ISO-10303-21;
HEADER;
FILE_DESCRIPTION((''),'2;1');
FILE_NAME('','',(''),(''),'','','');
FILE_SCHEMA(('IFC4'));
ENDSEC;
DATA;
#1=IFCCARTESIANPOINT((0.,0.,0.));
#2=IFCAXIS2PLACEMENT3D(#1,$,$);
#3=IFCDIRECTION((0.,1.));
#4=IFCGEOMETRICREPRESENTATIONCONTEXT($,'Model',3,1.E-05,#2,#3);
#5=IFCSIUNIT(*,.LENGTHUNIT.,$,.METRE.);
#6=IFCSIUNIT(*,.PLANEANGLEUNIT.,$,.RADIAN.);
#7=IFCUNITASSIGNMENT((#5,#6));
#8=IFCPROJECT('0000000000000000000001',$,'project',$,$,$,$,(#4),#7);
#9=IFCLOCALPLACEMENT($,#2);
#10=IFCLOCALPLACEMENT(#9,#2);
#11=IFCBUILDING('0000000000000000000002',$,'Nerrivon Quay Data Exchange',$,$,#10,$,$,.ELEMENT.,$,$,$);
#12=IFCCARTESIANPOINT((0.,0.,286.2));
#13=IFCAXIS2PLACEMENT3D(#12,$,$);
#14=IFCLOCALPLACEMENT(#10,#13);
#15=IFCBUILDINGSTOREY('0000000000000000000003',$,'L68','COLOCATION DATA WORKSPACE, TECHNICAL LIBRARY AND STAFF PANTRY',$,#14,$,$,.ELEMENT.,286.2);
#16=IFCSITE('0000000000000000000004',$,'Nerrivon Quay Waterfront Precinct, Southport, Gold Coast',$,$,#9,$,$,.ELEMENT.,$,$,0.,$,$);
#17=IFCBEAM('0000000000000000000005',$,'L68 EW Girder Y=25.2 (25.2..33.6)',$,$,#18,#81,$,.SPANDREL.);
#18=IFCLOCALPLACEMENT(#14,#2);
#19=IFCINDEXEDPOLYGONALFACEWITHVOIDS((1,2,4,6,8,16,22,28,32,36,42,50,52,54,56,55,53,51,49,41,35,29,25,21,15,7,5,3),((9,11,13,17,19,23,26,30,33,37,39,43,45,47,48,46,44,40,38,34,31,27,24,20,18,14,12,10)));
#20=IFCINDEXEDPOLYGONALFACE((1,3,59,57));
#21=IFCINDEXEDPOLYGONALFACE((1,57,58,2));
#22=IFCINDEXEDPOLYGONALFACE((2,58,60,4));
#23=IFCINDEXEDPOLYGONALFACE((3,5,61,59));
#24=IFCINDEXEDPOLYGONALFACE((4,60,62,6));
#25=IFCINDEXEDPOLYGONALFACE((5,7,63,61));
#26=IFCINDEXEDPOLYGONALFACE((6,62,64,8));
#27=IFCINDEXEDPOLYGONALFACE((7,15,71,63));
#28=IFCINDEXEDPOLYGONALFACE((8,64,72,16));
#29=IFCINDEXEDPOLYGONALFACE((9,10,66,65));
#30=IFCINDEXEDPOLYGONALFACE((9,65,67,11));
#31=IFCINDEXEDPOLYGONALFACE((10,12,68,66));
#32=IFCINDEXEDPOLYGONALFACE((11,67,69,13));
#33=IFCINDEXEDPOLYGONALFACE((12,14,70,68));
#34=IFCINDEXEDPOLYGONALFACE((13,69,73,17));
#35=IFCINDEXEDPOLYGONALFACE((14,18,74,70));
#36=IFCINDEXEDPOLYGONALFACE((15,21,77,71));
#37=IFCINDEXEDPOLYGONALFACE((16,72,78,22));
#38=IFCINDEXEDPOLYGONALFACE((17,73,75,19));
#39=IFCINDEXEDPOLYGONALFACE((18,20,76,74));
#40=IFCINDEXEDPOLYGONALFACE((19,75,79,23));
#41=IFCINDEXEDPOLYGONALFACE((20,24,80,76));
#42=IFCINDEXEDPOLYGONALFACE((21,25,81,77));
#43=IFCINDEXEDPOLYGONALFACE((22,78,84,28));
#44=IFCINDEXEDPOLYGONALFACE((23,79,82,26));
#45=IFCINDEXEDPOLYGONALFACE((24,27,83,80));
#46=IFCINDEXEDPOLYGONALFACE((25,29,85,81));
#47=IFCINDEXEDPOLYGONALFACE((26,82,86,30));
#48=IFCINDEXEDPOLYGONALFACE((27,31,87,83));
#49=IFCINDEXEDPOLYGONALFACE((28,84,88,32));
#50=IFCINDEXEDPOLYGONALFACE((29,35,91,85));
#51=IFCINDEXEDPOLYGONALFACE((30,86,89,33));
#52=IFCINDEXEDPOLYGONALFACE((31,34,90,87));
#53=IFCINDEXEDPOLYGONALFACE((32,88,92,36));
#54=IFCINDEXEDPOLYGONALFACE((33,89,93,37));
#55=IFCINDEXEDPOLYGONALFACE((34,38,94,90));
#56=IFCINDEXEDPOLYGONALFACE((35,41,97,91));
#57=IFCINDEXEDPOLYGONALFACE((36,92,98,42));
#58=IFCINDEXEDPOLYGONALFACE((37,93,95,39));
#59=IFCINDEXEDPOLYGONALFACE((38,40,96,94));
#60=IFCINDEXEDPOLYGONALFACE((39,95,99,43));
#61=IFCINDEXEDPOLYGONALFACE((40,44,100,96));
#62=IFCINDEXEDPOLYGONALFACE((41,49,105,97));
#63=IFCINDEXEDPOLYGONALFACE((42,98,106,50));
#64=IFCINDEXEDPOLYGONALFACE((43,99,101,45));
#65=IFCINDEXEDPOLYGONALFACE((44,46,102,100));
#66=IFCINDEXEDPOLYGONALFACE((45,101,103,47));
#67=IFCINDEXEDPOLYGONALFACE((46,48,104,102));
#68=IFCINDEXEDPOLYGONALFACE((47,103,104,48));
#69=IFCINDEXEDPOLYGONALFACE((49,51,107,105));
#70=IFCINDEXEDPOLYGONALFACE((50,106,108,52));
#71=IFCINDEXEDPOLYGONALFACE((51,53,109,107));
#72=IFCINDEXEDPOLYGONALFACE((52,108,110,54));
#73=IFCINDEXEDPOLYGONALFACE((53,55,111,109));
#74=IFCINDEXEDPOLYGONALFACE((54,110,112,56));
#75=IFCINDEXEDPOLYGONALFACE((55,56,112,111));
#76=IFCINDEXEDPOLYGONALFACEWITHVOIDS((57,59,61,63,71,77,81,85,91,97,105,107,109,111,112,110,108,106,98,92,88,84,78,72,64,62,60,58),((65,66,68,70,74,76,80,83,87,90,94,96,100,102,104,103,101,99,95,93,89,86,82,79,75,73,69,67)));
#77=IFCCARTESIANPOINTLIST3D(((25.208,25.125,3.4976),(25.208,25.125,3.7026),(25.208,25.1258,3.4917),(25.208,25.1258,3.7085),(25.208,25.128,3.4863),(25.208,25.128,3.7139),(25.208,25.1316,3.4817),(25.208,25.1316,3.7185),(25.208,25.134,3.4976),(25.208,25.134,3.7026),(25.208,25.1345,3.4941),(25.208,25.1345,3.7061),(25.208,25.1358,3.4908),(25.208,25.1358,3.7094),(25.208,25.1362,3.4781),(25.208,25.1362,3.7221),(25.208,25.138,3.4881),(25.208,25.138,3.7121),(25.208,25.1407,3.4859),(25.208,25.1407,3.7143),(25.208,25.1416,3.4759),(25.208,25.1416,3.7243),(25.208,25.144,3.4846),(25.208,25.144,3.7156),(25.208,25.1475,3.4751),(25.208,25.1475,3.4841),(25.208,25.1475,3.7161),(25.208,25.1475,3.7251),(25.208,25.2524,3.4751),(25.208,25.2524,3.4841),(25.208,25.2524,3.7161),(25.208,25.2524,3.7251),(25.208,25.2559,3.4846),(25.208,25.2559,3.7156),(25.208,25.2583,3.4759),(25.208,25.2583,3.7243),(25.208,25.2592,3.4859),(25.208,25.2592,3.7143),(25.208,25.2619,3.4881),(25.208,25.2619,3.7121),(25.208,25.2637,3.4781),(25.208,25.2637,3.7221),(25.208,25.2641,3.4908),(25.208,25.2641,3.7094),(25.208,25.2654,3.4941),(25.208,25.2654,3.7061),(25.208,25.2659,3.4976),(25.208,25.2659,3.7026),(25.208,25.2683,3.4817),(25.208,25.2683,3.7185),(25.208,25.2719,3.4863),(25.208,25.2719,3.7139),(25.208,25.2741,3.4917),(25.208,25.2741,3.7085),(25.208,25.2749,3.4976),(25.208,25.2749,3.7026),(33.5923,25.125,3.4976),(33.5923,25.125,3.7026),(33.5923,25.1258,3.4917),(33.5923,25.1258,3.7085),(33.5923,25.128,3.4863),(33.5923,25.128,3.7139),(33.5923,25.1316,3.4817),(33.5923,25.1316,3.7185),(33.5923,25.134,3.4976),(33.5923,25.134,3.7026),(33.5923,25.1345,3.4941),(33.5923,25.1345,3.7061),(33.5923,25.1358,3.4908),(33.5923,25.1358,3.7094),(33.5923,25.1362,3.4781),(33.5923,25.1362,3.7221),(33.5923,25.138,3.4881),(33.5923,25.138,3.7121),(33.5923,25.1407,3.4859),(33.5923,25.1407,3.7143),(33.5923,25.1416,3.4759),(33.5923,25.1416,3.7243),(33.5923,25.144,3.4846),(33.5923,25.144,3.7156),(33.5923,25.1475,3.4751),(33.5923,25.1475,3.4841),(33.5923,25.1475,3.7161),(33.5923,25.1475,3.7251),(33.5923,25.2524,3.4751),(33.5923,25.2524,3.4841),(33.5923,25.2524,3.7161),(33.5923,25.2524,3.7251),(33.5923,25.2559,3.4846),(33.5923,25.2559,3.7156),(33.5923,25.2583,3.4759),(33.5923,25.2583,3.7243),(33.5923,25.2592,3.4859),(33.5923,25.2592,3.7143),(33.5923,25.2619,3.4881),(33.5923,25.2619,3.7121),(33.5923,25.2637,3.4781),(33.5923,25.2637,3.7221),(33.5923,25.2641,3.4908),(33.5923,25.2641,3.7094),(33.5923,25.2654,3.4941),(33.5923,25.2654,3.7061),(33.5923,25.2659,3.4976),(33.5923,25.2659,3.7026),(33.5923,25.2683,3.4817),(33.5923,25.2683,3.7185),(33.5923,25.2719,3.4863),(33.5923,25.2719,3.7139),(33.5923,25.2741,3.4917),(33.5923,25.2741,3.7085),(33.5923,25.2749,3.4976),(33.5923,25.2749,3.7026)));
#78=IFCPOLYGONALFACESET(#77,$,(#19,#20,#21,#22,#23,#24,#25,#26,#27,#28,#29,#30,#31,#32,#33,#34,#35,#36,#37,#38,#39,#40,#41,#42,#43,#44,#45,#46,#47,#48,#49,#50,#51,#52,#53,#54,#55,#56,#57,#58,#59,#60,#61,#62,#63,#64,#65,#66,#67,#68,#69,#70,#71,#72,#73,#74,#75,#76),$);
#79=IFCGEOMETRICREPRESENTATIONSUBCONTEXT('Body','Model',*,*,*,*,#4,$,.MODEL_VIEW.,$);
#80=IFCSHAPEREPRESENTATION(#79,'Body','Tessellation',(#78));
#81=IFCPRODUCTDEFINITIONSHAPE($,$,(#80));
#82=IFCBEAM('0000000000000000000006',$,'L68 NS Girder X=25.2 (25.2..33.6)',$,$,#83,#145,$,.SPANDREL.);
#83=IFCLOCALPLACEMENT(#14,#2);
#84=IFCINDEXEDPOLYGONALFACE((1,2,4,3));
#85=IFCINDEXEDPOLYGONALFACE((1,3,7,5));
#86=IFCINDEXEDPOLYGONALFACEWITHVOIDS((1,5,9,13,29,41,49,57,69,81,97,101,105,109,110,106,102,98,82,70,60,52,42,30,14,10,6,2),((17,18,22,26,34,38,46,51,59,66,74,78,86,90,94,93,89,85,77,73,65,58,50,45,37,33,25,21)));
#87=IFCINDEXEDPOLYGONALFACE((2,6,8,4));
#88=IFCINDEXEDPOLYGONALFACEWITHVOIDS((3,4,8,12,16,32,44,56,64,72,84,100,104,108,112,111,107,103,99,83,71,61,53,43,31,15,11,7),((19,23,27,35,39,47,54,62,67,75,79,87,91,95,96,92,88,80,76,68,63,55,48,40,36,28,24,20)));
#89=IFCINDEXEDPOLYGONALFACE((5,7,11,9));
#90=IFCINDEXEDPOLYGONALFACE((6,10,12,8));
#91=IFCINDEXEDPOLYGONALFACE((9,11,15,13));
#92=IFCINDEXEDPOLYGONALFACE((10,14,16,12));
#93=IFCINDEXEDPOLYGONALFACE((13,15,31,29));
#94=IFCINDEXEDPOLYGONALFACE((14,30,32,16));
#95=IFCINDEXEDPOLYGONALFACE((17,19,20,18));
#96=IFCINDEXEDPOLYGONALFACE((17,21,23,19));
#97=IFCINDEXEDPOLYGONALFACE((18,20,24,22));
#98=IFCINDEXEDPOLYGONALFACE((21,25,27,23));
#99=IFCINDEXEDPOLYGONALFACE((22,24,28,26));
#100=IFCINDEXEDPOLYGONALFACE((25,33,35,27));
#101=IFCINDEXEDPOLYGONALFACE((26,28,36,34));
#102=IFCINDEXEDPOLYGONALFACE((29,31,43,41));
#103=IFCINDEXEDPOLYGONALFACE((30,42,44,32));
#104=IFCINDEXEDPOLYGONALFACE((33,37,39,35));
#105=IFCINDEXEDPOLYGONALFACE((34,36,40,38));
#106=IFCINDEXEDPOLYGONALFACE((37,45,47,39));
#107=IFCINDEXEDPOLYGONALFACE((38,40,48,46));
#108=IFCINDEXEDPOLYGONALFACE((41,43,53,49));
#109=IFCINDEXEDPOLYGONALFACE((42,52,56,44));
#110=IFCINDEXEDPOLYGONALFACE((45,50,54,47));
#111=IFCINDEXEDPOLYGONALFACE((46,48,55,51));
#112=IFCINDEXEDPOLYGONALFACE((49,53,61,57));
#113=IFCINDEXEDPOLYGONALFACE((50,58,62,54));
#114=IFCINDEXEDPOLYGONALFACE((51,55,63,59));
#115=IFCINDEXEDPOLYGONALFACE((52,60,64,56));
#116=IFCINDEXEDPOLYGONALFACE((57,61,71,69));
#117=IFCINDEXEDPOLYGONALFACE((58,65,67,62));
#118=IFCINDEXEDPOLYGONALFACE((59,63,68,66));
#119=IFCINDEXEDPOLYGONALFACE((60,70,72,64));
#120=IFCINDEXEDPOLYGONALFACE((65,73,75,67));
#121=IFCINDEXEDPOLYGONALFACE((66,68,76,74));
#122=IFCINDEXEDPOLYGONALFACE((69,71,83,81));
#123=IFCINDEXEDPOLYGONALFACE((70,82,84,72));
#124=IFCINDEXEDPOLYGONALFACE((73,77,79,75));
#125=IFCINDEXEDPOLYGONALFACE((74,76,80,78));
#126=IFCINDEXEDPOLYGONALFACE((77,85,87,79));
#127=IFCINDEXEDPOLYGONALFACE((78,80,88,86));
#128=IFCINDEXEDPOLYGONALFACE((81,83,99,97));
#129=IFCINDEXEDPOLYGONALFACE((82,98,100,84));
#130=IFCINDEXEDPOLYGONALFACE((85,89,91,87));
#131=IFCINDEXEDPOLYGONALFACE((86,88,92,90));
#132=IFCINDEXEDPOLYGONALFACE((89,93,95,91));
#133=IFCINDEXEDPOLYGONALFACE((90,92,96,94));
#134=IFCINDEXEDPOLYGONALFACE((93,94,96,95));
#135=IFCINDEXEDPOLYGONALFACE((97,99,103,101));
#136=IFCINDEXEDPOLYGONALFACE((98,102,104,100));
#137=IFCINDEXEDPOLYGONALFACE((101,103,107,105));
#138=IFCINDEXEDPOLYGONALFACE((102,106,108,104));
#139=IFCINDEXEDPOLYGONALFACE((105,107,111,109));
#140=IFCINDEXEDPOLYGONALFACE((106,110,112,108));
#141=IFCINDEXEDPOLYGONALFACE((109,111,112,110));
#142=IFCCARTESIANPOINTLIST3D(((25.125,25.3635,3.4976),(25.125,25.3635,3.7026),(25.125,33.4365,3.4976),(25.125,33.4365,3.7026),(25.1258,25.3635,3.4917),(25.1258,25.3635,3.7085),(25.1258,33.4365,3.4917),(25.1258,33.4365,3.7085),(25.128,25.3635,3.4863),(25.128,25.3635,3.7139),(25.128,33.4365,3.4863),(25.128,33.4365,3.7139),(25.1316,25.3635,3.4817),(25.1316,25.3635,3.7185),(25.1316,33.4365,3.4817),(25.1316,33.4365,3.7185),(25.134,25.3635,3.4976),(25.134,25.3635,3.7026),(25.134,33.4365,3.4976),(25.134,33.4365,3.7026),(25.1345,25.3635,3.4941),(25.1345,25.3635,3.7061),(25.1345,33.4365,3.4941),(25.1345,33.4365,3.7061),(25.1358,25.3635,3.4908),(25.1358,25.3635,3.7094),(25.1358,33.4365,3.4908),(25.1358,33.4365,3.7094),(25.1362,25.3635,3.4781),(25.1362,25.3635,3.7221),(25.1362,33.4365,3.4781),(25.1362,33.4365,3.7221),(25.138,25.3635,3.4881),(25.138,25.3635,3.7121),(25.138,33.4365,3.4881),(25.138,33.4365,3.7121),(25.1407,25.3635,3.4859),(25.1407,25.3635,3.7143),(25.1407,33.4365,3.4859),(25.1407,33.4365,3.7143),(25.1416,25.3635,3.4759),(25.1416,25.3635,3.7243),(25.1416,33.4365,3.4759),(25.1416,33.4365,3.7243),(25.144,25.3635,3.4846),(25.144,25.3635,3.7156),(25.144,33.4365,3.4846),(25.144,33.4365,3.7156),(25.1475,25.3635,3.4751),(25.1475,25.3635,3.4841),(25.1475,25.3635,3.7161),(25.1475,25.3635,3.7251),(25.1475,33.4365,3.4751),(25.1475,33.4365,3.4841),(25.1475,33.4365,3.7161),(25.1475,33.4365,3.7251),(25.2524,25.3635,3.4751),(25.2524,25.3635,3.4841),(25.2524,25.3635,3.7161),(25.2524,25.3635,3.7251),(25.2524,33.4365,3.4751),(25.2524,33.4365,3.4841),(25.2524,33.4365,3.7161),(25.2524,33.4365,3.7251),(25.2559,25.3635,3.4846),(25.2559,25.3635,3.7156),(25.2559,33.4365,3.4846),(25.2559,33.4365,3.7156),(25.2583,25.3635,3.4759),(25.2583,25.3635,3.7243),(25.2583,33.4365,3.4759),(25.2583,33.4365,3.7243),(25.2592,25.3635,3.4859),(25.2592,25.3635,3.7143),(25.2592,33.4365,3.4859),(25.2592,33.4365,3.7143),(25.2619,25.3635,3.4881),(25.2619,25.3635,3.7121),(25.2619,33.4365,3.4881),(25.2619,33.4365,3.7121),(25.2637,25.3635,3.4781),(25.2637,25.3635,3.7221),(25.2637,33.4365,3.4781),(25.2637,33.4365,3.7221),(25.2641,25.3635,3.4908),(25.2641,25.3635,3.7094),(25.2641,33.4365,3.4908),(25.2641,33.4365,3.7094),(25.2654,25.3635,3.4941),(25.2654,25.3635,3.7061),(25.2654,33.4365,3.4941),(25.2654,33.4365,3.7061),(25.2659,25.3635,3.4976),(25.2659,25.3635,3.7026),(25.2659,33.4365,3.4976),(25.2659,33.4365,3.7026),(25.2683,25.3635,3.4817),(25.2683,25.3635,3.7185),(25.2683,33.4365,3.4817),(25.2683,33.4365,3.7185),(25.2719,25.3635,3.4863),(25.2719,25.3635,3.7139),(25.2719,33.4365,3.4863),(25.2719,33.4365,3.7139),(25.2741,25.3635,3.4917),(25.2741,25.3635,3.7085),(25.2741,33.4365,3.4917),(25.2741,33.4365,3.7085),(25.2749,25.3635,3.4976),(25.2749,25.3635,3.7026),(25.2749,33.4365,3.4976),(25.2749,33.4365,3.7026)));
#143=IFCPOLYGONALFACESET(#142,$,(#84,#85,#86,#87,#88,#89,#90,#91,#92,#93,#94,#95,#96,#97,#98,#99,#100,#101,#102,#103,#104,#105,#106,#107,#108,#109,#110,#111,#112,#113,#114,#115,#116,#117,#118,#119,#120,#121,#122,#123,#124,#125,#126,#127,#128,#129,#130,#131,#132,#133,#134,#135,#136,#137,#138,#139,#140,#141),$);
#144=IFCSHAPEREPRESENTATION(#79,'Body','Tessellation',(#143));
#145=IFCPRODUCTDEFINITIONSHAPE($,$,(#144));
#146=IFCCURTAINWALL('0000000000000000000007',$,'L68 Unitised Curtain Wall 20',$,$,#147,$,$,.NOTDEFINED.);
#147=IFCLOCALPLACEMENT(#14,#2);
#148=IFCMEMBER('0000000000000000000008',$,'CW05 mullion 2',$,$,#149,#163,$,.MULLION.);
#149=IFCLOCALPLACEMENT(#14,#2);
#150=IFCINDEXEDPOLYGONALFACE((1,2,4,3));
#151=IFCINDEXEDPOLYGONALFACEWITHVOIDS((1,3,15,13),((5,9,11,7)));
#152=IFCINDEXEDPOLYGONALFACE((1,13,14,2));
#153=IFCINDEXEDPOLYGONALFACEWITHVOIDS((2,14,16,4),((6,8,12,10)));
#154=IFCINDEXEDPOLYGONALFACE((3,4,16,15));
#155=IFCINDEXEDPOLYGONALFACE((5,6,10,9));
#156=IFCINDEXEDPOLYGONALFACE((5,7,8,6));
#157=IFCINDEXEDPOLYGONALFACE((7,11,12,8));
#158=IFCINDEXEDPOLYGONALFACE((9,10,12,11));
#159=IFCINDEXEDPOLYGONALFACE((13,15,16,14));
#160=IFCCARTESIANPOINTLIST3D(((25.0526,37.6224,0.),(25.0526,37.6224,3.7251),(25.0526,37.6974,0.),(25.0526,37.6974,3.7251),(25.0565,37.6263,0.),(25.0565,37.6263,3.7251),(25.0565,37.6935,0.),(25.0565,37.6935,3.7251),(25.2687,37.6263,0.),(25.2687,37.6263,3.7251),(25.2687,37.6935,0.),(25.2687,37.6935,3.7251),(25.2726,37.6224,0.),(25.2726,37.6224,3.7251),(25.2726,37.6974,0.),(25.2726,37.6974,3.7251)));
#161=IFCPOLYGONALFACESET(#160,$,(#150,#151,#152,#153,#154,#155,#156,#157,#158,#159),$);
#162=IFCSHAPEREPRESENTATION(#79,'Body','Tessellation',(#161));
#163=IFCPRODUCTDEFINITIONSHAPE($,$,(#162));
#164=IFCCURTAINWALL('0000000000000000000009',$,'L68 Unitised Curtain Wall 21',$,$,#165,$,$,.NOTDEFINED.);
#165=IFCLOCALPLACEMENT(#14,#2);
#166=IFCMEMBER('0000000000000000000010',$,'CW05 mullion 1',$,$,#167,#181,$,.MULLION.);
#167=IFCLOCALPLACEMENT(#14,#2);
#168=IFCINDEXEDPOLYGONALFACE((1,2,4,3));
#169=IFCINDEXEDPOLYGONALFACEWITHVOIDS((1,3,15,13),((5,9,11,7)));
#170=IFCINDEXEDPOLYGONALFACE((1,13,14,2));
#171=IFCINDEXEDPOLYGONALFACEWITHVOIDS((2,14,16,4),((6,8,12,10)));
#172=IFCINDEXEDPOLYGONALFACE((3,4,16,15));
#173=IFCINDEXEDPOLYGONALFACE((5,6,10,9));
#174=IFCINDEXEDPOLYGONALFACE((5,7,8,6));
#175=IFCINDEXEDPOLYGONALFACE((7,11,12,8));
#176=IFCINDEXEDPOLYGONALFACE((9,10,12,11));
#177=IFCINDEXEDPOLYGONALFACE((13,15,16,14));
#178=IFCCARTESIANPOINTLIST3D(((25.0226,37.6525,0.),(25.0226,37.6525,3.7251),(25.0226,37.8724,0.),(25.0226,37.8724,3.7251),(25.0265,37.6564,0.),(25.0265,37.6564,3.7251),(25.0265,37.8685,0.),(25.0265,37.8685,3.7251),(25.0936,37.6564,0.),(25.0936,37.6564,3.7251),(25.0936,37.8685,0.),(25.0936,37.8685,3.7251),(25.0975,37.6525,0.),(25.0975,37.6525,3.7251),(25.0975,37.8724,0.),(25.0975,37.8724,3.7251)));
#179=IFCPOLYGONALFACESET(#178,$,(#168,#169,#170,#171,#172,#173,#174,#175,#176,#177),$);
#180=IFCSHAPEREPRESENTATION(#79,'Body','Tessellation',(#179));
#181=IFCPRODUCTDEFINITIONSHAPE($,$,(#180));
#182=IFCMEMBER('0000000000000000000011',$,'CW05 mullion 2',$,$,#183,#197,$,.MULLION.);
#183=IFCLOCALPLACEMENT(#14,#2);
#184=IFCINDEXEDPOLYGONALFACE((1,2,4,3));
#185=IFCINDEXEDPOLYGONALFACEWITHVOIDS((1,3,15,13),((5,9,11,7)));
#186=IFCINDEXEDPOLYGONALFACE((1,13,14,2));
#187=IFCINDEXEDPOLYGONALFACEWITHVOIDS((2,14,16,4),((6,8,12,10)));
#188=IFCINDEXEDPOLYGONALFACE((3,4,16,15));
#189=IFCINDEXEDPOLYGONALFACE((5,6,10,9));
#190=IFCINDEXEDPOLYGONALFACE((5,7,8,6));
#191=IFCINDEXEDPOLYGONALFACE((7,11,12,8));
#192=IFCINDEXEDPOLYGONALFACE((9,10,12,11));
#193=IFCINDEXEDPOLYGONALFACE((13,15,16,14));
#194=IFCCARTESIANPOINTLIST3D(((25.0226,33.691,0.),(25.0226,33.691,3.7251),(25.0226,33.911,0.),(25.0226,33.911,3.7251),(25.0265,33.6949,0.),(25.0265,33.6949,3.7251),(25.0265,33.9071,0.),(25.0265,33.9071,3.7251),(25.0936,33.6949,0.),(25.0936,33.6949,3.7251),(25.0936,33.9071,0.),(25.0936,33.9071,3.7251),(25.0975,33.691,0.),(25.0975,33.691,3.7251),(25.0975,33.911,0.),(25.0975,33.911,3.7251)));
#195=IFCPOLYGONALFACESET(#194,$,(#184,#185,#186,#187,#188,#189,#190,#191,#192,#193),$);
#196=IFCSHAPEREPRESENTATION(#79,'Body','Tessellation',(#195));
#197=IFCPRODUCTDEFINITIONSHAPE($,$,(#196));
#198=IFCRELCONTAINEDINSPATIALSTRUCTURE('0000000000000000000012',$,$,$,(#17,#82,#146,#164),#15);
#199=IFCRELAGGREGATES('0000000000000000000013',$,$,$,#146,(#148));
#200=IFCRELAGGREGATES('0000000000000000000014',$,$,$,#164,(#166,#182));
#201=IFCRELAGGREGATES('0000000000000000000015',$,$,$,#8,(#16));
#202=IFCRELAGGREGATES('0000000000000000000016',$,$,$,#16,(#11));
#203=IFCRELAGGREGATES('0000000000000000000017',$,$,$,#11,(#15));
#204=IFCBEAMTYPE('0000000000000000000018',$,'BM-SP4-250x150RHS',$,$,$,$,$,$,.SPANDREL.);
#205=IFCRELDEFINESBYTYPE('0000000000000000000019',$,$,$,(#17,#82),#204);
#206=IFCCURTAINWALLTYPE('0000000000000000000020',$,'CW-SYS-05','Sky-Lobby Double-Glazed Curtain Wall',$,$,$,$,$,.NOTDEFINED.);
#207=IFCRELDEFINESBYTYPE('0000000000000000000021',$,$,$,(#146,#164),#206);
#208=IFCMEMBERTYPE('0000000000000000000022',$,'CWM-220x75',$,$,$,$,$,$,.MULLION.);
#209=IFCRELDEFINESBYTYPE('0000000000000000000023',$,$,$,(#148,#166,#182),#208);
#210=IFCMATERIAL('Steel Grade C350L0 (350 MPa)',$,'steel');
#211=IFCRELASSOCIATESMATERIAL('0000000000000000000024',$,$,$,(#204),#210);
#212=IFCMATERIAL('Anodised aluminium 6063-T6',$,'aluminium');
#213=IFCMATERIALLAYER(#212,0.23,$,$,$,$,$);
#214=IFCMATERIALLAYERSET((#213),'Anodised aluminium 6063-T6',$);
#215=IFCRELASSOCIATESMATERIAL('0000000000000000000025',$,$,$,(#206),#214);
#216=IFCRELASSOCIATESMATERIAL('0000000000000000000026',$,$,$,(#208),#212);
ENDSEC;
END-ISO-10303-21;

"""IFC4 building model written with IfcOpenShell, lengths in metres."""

from ifc_helpers import new_model, si_unit, direction, frame, origin, origin_2d, place, context, subcontext, project, spatial, hollow_rectangle, extrude, material, layer, layer_set, material_profile, profile_set, type_object, element, aggregate, save


model = new_model("IFC4")

# Units and contexts
model_context = context("Model", 3, precision=1e-05, world=origin(), true_north=direction((0.0, 1.0)))
body_context = subcontext(model_context, "Body", "Model", "MODEL_VIEW")
ifc_project = project(units=[si_unit("LENGTHUNIT", "METRE"), si_unit("PLANEANGLEUNIT", "RADIAN")], contexts=[model_context])

# Site, building, storey
site_placement = place(None, origin())
site = spatial("IfcSite", under=ifc_project, at=site_placement, Name="Nerrivon Quay Waterfront Precinct, Southport, Gold Coast", CompositionType="ELEMENT", RefElevation=0.0)
building_placement = place(site_placement, origin())
building = spatial("IfcBuilding", under=site, at=building_placement, Name="Nerrivon Quay Data Exchange", CompositionType="ELEMENT")
storey_placement = place(building_placement, frame((0.0, 0.0, 286.2)))
storey = spatial("IfcBuildingStorey", under=building, at=storey_placement, Name="L68", Description="COLOCATION DATA WORKSPACE, TECHNICAL LIBRARY AND STAFF PANTRY", CompositionType="ELEMENT", Elevation=286.2)

# Beams
ifc_material_1 = material(Name="Steel Grade C350L0 (350 MPa)", Category="steel")
ifc_material_profile_1 = material_profile(ifc_material_1, hollow_rectangle(XDim=0.1499, YDim=0.25, WallThickness=0.009, InnerFilletRadius=0.0134, OuterFilletRadius=0.0225, at=origin_2d()), Name="250x150x9.0RHS")
ifc_profile_set_1 = profile_set([ifc_material_profile_1], Name="Steel Grade C350L0 (350 MPa)")
beam_type = type_object("IfcBeamType", Name="BM-SP4-250x150RHS", PredefinedType="SPANDREL", material=ifc_profile_set_1)
beam_1_placement = place(storey_placement, frame((25.208, 25.2, 3.6001), z_axis=(1.0, 0.0, 0.0), x_axis=(0.0, 1.0, 0.0)))
element("IfcBeam", 1, at=beam_1_placement, inside=storey, type_object=beam_type, Name="L68 EW Girder Y=25.2 (25.2..33.6)", PredefinedType="SPANDREL", context=body_context, shape_type="SweptSolid", body=[
    extrude(hollow_rectangle(XDim=0.1499, YDim=0.25, WallThickness=0.009, InnerFilletRadius=0.0134, OuterFilletRadius=0.0225, at=origin_2d()), origin(), (0.0, 0.0, 1.0), 8.3843),
])
beam_2_placement = place(storey_placement, frame((25.2, 25.3635, 3.6001), z_axis=(0.0, 1.0, 0.0), x_axis=(-1.0, 0.0, 0.0)))
element("IfcBeam", 2, at=beam_2_placement, inside=storey, type_object=beam_type, Name="L68 NS Girder X=25.2 (25.2..33.6)", PredefinedType="SPANDREL", context=body_context, shape_type="SweptSolid", body=[
    extrude(hollow_rectangle(XDim=0.1499, YDim=0.25, WallThickness=0.009, InnerFilletRadius=0.0134, OuterFilletRadius=0.0225, at=origin_2d()), origin(), (0.0, 0.0, 1.0), 8.073),
])

# Curtain wall, member
ifc_material_2 = material(Name="Anodised aluminium 6063-T6", Category="aluminium")
ifc_layer_1 = layer(ifc_material_2, 0.23)
ifc_layer_set_1 = layer_set([ifc_layer_1], Name="Anodised aluminium 6063-T6")
curtain_wall_type = type_object("IfcCurtainWallType", Name="CW-SYS-05", Description="Sky-Lobby Double-Glazed Curtain Wall", PredefinedType="NOTDEFINED", material=ifc_layer_set_1)
curtain_wall_1_placement = place(storey_placement, origin())
curtain_wall_1 = element("IfcCurtainWall", 3, at=curtain_wall_1_placement, inside=storey, type_object=curtain_wall_type, Name="L68 Unitised Curtain Wall 20", PredefinedType="NOTDEFINED")
ifc_material_profile_2 = material_profile(ifc_material_2, hollow_rectangle(XDim=0.075, YDim=0.22, WallThickness=0.0039, at=origin_2d()), Name="ALU-MULL-220x75")
ifc_profile_set_2 = profile_set([ifc_material_profile_2], Name="Anodised aluminium 6063-T6")
member_type_1 = type_object("IfcMemberType", Name="CWM-220x75", PredefinedType="MULLION", material=ifc_profile_set_2)
member_1_placement = place(storey_placement, frame((25.1626, 37.6599, 0.0), z_axis=(0.0, 0.0, 1.0), x_axis=(0.0, 1.0, 0.0)))
member_1 = element("IfcMember", 4, at=member_1_placement, type_object=member_type_1, Name="CW05 mullion 2", PredefinedType="MULLION", context=body_context, shape_type="SweptSolid", body=[
    extrude(hollow_rectangle(XDim=0.075, YDim=0.22, WallThickness=0.0039, at=origin_2d()), origin(), (0.0, 0.0, 1.0), 3.7251),
])
aggregate(curtain_wall_1, [member_1])

# Curtain wall, members
curtain_wall_2_placement = place(storey_placement, origin())
curtain_wall_2 = element("IfcCurtainWall", 5, at=curtain_wall_2_placement, inside=storey, type_object=curtain_wall_type, Name="L68 Unitised Curtain Wall 21", PredefinedType="NOTDEFINED")
member_2_placement = place(storey_placement, frame((25.0601, 37.7625, 0.0), z_axis=(0.0, 0.0, 1.0), x_axis=(1.0, 0.0, 0.0)))
member_2 = element("IfcMember", 6, at=member_2_placement, type_object=member_type_1, Name="CW05 mullion 1", PredefinedType="MULLION", context=body_context, shape_type="SweptSolid", body=[
    extrude(hollow_rectangle(XDim=0.075, YDim=0.22, WallThickness=0.0039, at=origin_2d()), origin(), (0.0, 0.0, 1.0), 3.7251),
])
member_3_placement = place(storey_placement, frame((25.0601, 33.801, 0.0), z_axis=(0.0, 0.0, 1.0), x_axis=(1.0, 0.0, 0.0)))
member_3 = element("IfcMember", 7, at=member_3_placement, type_object=member_type_1, Name="CW05 mullion 2", PredefinedType="MULLION", context=body_context, shape_type="SweptSolid", body=[
    extrude(hollow_rectangle(XDim=0.075, YDim=0.22, WallThickness=0.0039, at=origin_2d()), origin(), (0.0, 0.0, 1.0), 3.7251),
])

aggregate(curtain_wall_2, [member_2, member_3])

save(model, "model.ifc")
